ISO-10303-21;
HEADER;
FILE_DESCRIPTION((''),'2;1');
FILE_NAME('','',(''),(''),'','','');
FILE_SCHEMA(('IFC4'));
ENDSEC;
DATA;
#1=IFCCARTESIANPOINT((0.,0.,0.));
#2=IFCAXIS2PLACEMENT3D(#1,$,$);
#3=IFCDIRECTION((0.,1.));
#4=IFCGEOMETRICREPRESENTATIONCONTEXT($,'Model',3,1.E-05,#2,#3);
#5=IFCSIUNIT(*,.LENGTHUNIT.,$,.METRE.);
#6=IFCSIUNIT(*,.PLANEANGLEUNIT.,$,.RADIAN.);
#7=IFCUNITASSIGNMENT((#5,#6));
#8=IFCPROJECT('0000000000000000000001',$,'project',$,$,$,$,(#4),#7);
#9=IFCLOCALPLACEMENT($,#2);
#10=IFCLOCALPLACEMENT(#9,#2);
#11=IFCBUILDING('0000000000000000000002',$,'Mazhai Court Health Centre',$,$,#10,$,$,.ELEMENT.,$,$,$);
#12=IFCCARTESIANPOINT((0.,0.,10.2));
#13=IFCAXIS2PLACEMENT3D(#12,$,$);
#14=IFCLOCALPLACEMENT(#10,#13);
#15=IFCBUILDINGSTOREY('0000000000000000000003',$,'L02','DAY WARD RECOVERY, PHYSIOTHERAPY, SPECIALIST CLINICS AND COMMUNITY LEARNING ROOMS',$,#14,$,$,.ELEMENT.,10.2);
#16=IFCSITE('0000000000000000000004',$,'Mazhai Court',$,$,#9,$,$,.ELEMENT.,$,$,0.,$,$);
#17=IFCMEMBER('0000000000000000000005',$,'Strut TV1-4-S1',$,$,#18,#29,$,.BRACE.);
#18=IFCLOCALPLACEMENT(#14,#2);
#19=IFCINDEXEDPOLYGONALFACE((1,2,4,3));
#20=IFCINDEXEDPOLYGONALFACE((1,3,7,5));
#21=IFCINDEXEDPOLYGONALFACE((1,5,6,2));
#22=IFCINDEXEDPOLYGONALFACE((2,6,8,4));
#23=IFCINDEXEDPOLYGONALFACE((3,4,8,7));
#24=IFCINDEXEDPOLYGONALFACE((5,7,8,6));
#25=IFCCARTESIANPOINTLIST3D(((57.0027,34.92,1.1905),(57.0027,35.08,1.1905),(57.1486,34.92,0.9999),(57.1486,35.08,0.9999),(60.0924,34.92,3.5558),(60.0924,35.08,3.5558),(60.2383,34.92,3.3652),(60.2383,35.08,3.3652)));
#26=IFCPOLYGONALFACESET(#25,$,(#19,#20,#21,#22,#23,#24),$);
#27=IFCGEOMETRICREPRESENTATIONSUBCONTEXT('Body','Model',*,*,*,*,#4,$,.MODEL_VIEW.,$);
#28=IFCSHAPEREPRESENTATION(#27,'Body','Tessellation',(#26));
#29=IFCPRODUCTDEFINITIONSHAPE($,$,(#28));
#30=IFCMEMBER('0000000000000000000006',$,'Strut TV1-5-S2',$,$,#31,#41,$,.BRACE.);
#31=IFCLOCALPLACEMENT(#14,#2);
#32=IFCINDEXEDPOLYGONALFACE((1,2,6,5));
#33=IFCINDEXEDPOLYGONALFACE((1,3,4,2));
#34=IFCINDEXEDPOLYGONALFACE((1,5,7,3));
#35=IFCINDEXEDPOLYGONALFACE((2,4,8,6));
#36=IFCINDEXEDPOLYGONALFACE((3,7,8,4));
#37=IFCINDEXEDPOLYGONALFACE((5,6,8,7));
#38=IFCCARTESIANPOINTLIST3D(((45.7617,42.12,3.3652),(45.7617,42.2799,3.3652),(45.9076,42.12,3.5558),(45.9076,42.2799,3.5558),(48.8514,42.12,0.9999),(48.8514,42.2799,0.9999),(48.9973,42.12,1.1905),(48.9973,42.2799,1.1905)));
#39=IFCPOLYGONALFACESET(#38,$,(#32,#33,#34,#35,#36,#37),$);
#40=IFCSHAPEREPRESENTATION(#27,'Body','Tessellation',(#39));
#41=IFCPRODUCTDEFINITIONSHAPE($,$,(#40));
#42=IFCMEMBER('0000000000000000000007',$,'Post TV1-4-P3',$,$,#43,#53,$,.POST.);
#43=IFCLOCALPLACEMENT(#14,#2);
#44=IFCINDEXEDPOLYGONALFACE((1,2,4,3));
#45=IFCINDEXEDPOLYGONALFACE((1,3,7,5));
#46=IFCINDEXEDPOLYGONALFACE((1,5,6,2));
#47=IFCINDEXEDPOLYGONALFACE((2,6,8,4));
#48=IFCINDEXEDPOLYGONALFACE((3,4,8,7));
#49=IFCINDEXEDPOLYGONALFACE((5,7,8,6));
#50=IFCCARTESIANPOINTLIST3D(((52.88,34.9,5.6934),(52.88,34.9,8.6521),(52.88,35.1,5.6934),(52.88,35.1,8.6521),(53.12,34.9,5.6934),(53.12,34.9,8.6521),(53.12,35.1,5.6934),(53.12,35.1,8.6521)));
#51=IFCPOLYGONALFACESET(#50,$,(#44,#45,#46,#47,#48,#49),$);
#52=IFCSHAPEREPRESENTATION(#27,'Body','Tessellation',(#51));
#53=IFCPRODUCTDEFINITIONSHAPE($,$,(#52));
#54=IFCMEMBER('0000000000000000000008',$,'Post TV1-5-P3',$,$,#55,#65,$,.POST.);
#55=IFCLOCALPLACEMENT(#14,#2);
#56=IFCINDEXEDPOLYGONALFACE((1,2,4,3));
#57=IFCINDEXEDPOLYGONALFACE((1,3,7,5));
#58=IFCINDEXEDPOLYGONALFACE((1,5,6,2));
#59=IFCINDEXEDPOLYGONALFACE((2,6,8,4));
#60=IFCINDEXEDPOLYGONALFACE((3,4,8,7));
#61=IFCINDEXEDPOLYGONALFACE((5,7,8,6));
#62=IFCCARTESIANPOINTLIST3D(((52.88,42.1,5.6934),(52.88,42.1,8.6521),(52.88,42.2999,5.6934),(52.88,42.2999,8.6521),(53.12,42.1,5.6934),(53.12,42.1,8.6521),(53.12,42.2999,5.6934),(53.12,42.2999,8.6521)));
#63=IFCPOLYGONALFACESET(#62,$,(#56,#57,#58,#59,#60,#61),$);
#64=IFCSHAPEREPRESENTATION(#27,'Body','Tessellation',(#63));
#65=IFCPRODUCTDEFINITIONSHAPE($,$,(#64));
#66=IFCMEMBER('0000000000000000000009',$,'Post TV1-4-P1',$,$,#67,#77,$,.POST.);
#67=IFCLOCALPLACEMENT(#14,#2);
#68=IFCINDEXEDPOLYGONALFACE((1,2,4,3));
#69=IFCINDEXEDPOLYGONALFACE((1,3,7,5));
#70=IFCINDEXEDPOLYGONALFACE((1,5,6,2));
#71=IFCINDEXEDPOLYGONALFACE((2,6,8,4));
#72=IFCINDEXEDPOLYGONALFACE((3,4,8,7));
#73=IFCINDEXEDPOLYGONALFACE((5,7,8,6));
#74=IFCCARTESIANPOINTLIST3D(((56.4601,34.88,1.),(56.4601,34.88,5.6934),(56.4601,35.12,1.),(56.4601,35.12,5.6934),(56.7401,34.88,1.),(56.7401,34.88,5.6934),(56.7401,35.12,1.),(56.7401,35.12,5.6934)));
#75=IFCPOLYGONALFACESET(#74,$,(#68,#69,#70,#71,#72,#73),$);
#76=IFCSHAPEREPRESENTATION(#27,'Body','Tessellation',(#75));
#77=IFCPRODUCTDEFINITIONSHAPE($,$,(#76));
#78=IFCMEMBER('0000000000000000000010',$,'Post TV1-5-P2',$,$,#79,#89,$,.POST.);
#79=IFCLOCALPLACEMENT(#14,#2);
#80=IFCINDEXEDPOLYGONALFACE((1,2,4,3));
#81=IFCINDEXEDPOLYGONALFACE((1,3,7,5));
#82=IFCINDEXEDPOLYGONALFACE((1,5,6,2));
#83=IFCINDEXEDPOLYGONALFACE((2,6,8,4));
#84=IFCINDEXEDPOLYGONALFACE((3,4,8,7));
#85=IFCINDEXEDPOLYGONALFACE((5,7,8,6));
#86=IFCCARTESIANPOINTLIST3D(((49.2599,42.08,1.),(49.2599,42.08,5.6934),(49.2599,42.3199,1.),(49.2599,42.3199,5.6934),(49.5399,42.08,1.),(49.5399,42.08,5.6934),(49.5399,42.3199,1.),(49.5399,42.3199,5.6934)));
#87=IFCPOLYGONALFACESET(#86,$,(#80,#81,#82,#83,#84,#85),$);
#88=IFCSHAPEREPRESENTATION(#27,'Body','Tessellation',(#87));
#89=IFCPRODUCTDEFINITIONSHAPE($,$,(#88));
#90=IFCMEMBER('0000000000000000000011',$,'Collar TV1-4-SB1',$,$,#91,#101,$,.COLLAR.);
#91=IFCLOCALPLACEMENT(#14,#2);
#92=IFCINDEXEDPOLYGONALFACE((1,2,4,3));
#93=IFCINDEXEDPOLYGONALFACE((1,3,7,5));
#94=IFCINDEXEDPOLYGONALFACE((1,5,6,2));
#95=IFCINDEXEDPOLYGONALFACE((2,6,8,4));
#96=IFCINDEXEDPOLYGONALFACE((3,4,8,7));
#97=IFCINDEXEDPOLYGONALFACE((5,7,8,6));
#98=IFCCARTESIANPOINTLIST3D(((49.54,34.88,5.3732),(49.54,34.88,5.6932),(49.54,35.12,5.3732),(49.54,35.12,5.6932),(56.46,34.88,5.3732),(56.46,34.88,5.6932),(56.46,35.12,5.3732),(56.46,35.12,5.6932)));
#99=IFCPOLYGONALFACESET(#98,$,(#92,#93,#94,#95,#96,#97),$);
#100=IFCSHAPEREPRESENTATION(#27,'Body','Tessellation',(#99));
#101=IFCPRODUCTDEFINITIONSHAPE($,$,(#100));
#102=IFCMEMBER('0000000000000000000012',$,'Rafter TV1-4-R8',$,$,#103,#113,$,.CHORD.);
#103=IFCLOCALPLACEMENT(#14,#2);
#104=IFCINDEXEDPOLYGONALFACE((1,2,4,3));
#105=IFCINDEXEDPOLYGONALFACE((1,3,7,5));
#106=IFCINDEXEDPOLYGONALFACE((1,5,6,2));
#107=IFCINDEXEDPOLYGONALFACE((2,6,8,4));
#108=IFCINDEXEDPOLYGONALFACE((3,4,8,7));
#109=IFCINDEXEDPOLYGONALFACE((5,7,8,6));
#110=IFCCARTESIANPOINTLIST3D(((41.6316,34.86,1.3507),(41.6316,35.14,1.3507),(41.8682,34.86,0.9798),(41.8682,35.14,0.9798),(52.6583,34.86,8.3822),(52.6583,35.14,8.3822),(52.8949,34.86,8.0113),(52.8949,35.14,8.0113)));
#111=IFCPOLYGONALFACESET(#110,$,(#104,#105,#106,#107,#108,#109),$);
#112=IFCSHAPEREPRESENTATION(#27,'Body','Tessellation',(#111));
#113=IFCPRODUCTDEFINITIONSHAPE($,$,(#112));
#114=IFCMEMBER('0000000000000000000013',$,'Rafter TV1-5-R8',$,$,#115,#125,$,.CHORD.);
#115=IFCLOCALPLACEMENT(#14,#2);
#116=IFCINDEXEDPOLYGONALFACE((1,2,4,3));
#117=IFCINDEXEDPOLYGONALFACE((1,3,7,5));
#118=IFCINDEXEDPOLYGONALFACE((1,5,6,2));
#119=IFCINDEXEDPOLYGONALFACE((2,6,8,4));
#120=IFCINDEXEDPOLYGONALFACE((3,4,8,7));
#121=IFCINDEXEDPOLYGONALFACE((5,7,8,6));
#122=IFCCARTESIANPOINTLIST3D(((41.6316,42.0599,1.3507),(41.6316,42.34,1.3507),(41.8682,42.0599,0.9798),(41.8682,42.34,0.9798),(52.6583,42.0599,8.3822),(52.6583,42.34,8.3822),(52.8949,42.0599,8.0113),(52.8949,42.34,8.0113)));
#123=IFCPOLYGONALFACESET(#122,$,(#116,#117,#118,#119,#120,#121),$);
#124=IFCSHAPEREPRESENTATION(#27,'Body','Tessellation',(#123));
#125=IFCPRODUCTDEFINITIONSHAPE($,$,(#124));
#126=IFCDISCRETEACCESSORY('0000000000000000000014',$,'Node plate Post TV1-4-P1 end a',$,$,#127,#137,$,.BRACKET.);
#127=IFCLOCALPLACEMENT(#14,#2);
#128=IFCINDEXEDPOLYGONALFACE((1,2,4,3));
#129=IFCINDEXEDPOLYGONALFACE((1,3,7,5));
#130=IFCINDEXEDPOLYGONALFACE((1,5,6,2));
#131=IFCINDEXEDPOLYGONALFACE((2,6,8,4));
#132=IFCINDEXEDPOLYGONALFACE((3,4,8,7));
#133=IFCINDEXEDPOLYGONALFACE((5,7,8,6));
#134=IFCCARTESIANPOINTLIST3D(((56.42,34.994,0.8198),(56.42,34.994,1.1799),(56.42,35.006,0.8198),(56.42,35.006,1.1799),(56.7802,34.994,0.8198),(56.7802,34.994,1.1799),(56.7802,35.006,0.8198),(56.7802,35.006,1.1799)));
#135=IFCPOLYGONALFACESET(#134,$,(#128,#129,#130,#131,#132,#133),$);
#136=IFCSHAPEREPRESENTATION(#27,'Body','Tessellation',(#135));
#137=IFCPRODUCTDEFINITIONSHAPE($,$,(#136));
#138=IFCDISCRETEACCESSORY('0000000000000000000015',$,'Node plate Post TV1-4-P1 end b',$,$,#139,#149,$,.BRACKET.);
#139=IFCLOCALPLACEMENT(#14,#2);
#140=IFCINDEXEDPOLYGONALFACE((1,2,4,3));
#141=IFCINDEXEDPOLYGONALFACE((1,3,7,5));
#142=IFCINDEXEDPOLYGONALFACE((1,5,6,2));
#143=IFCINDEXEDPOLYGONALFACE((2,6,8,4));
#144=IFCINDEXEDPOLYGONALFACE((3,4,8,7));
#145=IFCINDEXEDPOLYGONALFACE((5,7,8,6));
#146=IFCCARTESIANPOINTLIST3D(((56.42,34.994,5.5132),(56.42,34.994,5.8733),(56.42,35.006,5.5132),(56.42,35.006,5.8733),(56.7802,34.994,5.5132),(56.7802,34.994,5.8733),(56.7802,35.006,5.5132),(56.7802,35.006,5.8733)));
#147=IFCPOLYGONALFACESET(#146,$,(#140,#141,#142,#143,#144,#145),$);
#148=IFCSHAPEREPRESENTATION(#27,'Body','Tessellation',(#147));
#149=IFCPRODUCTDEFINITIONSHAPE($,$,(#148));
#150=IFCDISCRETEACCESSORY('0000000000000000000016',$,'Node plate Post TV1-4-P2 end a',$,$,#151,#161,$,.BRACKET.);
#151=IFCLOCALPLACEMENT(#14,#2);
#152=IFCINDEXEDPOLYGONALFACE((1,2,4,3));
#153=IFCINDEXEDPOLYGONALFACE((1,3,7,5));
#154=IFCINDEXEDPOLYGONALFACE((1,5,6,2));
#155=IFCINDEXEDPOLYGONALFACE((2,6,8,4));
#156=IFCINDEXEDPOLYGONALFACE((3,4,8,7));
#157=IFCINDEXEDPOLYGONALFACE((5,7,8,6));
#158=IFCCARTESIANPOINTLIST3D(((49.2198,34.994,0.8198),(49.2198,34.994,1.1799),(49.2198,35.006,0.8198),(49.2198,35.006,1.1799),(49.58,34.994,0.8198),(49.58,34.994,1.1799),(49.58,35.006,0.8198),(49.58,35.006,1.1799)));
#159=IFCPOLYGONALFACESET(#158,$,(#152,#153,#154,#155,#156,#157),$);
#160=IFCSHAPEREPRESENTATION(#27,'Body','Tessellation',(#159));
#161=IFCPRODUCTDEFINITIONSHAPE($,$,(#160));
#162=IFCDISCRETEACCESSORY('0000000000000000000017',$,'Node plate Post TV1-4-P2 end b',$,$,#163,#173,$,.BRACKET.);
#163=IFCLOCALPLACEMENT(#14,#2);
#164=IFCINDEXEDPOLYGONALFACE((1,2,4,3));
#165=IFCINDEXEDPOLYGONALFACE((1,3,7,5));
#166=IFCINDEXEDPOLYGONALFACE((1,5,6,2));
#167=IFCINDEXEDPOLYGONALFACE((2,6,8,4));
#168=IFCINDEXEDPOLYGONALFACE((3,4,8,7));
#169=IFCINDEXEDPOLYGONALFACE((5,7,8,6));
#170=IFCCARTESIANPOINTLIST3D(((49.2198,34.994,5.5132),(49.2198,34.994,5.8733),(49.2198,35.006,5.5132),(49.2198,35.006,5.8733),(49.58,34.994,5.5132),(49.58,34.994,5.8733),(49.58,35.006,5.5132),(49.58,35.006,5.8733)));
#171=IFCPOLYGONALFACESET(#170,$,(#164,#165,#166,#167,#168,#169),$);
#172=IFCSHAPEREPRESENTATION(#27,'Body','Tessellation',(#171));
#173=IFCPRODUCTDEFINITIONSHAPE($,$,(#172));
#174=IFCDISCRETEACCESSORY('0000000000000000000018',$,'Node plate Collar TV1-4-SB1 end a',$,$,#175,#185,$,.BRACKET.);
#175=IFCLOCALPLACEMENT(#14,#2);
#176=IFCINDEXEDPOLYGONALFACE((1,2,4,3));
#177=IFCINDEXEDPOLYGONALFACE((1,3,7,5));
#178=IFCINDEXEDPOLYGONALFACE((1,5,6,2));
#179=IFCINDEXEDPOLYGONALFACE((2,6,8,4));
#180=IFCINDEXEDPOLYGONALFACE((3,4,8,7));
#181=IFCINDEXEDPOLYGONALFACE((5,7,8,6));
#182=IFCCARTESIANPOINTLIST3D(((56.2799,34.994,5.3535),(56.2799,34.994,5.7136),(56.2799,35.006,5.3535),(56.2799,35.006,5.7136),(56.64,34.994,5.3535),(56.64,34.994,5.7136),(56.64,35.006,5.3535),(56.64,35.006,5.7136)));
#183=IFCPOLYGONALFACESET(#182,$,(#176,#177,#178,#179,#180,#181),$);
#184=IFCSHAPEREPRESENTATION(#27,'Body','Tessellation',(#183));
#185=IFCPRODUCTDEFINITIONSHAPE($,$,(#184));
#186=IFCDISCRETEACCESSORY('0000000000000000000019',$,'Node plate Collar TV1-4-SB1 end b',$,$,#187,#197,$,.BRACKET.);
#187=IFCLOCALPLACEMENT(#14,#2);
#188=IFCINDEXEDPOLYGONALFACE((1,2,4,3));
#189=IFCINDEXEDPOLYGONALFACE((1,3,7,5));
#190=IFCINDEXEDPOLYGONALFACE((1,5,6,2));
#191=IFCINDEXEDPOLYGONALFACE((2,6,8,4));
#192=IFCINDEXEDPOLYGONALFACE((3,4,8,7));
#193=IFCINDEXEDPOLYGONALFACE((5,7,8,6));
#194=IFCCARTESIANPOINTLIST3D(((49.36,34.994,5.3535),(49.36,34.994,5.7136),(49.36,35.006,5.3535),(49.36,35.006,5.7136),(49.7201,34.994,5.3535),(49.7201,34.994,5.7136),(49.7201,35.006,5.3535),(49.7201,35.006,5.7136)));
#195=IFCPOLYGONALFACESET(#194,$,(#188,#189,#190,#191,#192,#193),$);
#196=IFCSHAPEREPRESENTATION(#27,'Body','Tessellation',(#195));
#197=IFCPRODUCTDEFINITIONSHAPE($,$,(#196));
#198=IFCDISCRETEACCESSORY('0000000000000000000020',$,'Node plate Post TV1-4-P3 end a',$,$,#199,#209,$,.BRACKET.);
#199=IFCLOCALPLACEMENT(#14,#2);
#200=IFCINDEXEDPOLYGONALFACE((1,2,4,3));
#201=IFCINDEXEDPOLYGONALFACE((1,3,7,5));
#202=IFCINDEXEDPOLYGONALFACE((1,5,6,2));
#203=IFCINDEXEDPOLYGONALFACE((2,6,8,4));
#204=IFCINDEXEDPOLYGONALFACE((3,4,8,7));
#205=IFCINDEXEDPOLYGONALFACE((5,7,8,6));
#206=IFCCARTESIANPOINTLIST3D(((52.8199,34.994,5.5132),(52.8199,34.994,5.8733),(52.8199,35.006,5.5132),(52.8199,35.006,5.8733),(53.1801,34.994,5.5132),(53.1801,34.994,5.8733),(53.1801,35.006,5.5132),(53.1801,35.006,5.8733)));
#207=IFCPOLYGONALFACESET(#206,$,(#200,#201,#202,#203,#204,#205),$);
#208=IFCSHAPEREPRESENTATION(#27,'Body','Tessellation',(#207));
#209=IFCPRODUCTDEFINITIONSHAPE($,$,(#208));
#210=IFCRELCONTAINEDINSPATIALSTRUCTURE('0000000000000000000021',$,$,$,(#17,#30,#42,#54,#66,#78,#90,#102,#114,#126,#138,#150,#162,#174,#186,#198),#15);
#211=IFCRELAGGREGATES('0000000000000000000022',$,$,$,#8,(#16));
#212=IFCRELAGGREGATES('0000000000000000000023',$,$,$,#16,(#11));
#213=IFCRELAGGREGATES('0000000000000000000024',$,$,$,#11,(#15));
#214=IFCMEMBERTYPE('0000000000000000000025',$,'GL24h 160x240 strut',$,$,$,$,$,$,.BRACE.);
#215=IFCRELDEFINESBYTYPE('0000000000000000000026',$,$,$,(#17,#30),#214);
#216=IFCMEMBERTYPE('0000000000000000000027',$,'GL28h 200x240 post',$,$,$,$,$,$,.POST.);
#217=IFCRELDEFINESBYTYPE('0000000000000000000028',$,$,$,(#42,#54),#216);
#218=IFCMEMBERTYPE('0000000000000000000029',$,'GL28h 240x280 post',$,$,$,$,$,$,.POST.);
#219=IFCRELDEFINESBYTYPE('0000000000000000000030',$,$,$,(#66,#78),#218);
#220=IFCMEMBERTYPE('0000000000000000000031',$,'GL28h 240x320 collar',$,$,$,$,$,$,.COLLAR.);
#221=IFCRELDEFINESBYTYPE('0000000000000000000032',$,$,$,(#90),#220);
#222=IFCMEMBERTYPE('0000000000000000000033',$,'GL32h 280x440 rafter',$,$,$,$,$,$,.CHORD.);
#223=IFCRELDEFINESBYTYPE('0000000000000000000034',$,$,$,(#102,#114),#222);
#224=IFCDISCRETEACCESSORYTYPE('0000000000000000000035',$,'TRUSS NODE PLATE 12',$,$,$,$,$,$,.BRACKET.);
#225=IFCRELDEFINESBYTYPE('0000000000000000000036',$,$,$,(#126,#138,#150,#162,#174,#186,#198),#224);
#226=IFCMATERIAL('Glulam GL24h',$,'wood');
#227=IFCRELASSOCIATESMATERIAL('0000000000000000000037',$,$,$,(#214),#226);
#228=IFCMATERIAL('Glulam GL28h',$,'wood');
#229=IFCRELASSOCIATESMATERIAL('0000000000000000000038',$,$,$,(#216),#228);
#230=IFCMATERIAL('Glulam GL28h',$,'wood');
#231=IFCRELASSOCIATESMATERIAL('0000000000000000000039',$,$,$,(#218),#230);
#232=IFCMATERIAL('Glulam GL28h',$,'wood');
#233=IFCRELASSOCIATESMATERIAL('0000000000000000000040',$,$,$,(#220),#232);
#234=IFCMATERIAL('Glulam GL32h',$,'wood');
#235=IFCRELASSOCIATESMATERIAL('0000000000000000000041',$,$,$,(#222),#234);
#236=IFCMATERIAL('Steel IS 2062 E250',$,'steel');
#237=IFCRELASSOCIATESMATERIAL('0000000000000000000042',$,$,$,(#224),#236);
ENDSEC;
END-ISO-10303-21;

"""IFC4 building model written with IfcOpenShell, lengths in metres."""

from ifc_helpers import new_model, si_unit, direction, frame, origin, origin_2d, place, context, subcontext, project, spatial, rectangle, extrude, material, material_profile, profile_set, type_object, element, save


model = new_model("IFC4")

# Units and contexts
model_context = context("Model", 3, precision=1e-05, world=origin(), true_north=direction((0.0, 1.0)))
body_context = subcontext(model_context, "Body", "Model", "MODEL_VIEW")
ifc_project = project(units=[si_unit("LENGTHUNIT", "METRE"), si_unit("PLANEANGLEUNIT", "RADIAN")], contexts=[model_context])

# Site, building, storey
site_placement = place(None, origin())
site = spatial("IfcSite", under=ifc_project, at=site_placement, Name="Mazhai Court", CompositionType="ELEMENT", RefElevation=0.0)
building_placement = place(site_placement, origin())
building = spatial("IfcBuilding", under=site, at=building_placement, Name="Mazhai Court Health Centre", CompositionType="ELEMENT")
storey_placement = place(building_placement, frame((0.0, 0.0, 10.2)))
storey = spatial("IfcBuildingStorey", under=building, at=storey_placement, Name="L02", Description="DAY WARD RECOVERY, PHYSIOTHERAPY, SPECIALIST CLINICS AND COMMUNITY LEARNING ROOMS", CompositionType="ELEMENT", Elevation=10.2)

# Members
ifc_material_1 = material(Name="Glulam GL24h", Category="wood")
ifc_material_profile_1 = material_profile(ifc_material_1, rectangle(XDim=0.1599, YDim=0.24, at=origin_2d()), Name="GL24h 160x240")
ifc_profile_set_1 = profile_set([ifc_material_profile_1], Name="Glulam GL24h")
member_type_1 = type_object("IfcMemberType", Name="GL24h 160x240 strut", PredefinedType="BRACE", material=ifc_profile_set_1)
for number, where, z_axis, x_axis, name in (
    (1, (57.0757, 35.0, 1.0952), (0.794035, 0.0, 0.607872), (0.0, 1.0, 0.0), "Strut TV1-4-S1"),
    (2, (48.9243, 42.2, 1.0952), (-0.794035, 0.0, 0.607872), (0.0, -1.0, 0.0), "Strut TV1-5-S2"),
):
    element("IfcMember", number, at=place(storey_placement, frame(where, z_axis=z_axis, x_axis=x_axis)), inside=storey, type_object=member_type_1, Name=name, PredefinedType="BRACE", context=body_context, shape_type="SweptSolid", body=[
        extrude(rectangle(XDim=0.1599, YDim=0.24, at=origin_2d()), origin(), (0.0, 0.0, 1.0), 3.8911),
    ])
ifc_material_2 = material(Name="Glulam GL28h", Category="wood")
ifc_material_profile_2 = material_profile(ifc_material_2, rectangle(XDim=0.2, YDim=0.24, at=origin_2d()), Name="GL28h 200x240")
ifc_profile_set_2 = profile_set([ifc_material_profile_2], Name="Glulam GL28h")
member_type_2 = type_object("IfcMemberType", Name="GL28h 200x240 post", PredefinedType="POST", material=ifc_profile_set_2)
for number, where, z_axis, x_axis, name in (
    (3, (53.0, 35.0, 5.6934), (0.0, 0.0, 1.0), (0.0, 1.0, 0.0), "Post TV1-4-P3"),
    (4, (53.0, 42.2, 5.6934), (0.0, 0.0, 1.0), (0.0, 1.0, 0.0), "Post TV1-5-P3"),
):
    element("IfcMember", number, at=place(storey_placement, frame(where, z_axis=z_axis, x_axis=x_axis)), inside=storey, type_object=member_type_2, Name=name, PredefinedType="POST", context=body_context, shape_type="SweptSolid", body=[
        extrude(rectangle(XDim=0.2, YDim=0.24, at=origin_2d()), origin(), (0.0, 0.0, 1.0), 2.9587),
    ])
ifc_material_3 = material(Name="Glulam GL28h", Category="wood")
ifc_material_profile_3 = material_profile(ifc_material_3, rectangle(XDim=0.24, YDim=0.28, at=origin_2d()), Name="GL28h 240x280")
ifc_profile_set_3 = profile_set([ifc_material_profile_3], Name="Glulam GL28h")
member_type_3 = type_object("IfcMemberType", Name="GL28h 240x280 post", PredefinedType="POST", material=ifc_profile_set_3)
for number, where, z_axis, x_axis, name in (
    (5, (56.6001, 35.0, 1.0), (0.0, 0.0, 1.0), (0.0, 1.0, 0.0), "Post TV1-4-P1"),
    (6, (49.3999, 42.2, 1.0), (0.0, 0.0, 1.0), (0.0, 1.0, 0.0), "Post TV1-5-P2"),
):
    element("IfcMember", number, at=place(storey_placement, frame(where, z_axis=z_axis, x_axis=x_axis)), inside=storey, type_object=member_type_3, Name=name, PredefinedType="POST", context=body_context, shape_type="SweptSolid", body=[
        extrude(rectangle(XDim=0.24, YDim=0.28, at=origin_2d()), origin(), (0.0, 0.0, 1.0), 4.6934),
    ])
ifc_material_4 = material(Name="Glulam GL28h", Category="wood")
ifc_material_profile_4 = material_profile(ifc_material_4, rectangle(XDim=0.24, YDim=0.3201, at=origin_2d()), Name="GL28h 240x320")
ifc_profile_set_4 = profile_set([ifc_material_profile_4], Name="Glulam GL28h")
member_type_4 = type_object("IfcMemberType", Name="GL28h 240x320 collar", PredefinedType="COLLAR", material=ifc_profile_set_4)
member_placement = place(storey_placement, frame((56.46, 35.0, 5.5332), z_axis=(-1.0, 0.0, 0.0), x_axis=(0.0, -1.0, 0.0)))
element("IfcMember", 7, at=member_placement, inside=storey, type_object=member_type_4, Name="Collar TV1-4-SB1", PredefinedType="COLLAR", context=body_context, shape_type="SweptSolid", body=[
    extrude(rectangle(XDim=0.24, YDim=0.3201, at=origin_2d()), origin(), (0.0, 0.0, 1.0), 6.9199),
])
ifc_material_5 = material(Name="Glulam GL32h", Category="wood")
ifc_material_profile_5 = material_profile(ifc_material_5, rectangle(XDim=0.28, YDim=0.4399, at=origin_2d()), Name="GL32h 280x440")
ifc_profile_set_5 = profile_set([ifc_material_profile_5], Name="Glulam GL32h")
member_type_5 = type_object("IfcMemberType", Name="GL32h 280x440 rafter", PredefinedType="CHORD", material=ifc_profile_set_5)
for number, where, z_axis, x_axis, name in (
    (8, (52.7766, 35.0, 8.1968), (-0.843157, 0.0, -0.537668), (0.0, -1.0, 0.0), "Rafter TV1-4-R8"),
    (9, (52.7766, 42.2, 8.1968), (-0.843157, 0.0, -0.537668), (0.0, -1.0, 0.0), "Rafter TV1-5-R8"),
):
    element("IfcMember", number, at=place(storey_placement, frame(where, z_axis=z_axis, x_axis=x_axis)), inside=storey, type_object=member_type_5, Name=name, PredefinedType="CHORD", context=body_context, shape_type="SweptSolid", body=[
        extrude(rectangle(XDim=0.28, YDim=0.4399, at=origin_2d()), origin(), (0.0, 0.0, 1.0), 13.0779),
    ])

# Discrete accessories
ifc_material_6 = material(Name="Steel IS 2062 E250", Category="steel")
discrete_accessory_type = type_object("IfcDiscreteAccessoryType", Name="TRUSS NODE PLATE 12", PredefinedType="BRACKET", material=ifc_material_6)
for number, where, z_axis, x_axis, name in (
    (10, (56.6001, 35.0, 0.8198), (0.0, 0.0, 1.0), (1.0, 0.0, 0.0), "Node plate Post TV1-4-P1 end a"),
    (11, (56.6001, 35.0, 5.5132), (0.0, 0.0, 1.0), (1.0, 0.0, 0.0), "Node plate Post TV1-4-P1 end b"),
    (12, (49.3999, 35.0, 0.8198), (0.0, 0.0, 1.0), (1.0, 0.0, 0.0), "Node plate Post TV1-4-P2 end a"),
    (13, (49.3999, 35.0, 5.5132), (0.0, 0.0, 1.0), (1.0, 0.0, 0.0), "Node plate Post TV1-4-P2 end b"),
    (14, (56.46, 35.0, 5.3535), (0.0, 0.0, 1.0), (1.0, 0.0, 0.0), "Node plate Collar TV1-4-SB1 end a"),
    (15, (49.54, 35.0, 5.3535), (0.0, 0.0, 1.0), (1.0, 0.0, 0.0), "Node plate Collar TV1-4-SB1 end b"),
    (16, (53.0, 35.0, 5.5132), (0.0, 0.0, 1.0), (1.0, 0.0, 0.0), "Node plate Post TV1-4-P3 end a"),
):
    element("IfcDiscreteAccessory", number, at=place(storey_placement, frame(where, z_axis=z_axis, x_axis=x_axis)), inside=storey, type_object=discrete_accessory_type, Name=name, PredefinedType="BRACKET", context=body_context, shape_type="SweptSolid", body=[
        extrude(rectangle(XDim=0.3601, YDim=0.012, at=origin_2d()), origin(), (0.0, 0.0, 1.0), 0.3601),
    ])

save(model, "model.ifc")
